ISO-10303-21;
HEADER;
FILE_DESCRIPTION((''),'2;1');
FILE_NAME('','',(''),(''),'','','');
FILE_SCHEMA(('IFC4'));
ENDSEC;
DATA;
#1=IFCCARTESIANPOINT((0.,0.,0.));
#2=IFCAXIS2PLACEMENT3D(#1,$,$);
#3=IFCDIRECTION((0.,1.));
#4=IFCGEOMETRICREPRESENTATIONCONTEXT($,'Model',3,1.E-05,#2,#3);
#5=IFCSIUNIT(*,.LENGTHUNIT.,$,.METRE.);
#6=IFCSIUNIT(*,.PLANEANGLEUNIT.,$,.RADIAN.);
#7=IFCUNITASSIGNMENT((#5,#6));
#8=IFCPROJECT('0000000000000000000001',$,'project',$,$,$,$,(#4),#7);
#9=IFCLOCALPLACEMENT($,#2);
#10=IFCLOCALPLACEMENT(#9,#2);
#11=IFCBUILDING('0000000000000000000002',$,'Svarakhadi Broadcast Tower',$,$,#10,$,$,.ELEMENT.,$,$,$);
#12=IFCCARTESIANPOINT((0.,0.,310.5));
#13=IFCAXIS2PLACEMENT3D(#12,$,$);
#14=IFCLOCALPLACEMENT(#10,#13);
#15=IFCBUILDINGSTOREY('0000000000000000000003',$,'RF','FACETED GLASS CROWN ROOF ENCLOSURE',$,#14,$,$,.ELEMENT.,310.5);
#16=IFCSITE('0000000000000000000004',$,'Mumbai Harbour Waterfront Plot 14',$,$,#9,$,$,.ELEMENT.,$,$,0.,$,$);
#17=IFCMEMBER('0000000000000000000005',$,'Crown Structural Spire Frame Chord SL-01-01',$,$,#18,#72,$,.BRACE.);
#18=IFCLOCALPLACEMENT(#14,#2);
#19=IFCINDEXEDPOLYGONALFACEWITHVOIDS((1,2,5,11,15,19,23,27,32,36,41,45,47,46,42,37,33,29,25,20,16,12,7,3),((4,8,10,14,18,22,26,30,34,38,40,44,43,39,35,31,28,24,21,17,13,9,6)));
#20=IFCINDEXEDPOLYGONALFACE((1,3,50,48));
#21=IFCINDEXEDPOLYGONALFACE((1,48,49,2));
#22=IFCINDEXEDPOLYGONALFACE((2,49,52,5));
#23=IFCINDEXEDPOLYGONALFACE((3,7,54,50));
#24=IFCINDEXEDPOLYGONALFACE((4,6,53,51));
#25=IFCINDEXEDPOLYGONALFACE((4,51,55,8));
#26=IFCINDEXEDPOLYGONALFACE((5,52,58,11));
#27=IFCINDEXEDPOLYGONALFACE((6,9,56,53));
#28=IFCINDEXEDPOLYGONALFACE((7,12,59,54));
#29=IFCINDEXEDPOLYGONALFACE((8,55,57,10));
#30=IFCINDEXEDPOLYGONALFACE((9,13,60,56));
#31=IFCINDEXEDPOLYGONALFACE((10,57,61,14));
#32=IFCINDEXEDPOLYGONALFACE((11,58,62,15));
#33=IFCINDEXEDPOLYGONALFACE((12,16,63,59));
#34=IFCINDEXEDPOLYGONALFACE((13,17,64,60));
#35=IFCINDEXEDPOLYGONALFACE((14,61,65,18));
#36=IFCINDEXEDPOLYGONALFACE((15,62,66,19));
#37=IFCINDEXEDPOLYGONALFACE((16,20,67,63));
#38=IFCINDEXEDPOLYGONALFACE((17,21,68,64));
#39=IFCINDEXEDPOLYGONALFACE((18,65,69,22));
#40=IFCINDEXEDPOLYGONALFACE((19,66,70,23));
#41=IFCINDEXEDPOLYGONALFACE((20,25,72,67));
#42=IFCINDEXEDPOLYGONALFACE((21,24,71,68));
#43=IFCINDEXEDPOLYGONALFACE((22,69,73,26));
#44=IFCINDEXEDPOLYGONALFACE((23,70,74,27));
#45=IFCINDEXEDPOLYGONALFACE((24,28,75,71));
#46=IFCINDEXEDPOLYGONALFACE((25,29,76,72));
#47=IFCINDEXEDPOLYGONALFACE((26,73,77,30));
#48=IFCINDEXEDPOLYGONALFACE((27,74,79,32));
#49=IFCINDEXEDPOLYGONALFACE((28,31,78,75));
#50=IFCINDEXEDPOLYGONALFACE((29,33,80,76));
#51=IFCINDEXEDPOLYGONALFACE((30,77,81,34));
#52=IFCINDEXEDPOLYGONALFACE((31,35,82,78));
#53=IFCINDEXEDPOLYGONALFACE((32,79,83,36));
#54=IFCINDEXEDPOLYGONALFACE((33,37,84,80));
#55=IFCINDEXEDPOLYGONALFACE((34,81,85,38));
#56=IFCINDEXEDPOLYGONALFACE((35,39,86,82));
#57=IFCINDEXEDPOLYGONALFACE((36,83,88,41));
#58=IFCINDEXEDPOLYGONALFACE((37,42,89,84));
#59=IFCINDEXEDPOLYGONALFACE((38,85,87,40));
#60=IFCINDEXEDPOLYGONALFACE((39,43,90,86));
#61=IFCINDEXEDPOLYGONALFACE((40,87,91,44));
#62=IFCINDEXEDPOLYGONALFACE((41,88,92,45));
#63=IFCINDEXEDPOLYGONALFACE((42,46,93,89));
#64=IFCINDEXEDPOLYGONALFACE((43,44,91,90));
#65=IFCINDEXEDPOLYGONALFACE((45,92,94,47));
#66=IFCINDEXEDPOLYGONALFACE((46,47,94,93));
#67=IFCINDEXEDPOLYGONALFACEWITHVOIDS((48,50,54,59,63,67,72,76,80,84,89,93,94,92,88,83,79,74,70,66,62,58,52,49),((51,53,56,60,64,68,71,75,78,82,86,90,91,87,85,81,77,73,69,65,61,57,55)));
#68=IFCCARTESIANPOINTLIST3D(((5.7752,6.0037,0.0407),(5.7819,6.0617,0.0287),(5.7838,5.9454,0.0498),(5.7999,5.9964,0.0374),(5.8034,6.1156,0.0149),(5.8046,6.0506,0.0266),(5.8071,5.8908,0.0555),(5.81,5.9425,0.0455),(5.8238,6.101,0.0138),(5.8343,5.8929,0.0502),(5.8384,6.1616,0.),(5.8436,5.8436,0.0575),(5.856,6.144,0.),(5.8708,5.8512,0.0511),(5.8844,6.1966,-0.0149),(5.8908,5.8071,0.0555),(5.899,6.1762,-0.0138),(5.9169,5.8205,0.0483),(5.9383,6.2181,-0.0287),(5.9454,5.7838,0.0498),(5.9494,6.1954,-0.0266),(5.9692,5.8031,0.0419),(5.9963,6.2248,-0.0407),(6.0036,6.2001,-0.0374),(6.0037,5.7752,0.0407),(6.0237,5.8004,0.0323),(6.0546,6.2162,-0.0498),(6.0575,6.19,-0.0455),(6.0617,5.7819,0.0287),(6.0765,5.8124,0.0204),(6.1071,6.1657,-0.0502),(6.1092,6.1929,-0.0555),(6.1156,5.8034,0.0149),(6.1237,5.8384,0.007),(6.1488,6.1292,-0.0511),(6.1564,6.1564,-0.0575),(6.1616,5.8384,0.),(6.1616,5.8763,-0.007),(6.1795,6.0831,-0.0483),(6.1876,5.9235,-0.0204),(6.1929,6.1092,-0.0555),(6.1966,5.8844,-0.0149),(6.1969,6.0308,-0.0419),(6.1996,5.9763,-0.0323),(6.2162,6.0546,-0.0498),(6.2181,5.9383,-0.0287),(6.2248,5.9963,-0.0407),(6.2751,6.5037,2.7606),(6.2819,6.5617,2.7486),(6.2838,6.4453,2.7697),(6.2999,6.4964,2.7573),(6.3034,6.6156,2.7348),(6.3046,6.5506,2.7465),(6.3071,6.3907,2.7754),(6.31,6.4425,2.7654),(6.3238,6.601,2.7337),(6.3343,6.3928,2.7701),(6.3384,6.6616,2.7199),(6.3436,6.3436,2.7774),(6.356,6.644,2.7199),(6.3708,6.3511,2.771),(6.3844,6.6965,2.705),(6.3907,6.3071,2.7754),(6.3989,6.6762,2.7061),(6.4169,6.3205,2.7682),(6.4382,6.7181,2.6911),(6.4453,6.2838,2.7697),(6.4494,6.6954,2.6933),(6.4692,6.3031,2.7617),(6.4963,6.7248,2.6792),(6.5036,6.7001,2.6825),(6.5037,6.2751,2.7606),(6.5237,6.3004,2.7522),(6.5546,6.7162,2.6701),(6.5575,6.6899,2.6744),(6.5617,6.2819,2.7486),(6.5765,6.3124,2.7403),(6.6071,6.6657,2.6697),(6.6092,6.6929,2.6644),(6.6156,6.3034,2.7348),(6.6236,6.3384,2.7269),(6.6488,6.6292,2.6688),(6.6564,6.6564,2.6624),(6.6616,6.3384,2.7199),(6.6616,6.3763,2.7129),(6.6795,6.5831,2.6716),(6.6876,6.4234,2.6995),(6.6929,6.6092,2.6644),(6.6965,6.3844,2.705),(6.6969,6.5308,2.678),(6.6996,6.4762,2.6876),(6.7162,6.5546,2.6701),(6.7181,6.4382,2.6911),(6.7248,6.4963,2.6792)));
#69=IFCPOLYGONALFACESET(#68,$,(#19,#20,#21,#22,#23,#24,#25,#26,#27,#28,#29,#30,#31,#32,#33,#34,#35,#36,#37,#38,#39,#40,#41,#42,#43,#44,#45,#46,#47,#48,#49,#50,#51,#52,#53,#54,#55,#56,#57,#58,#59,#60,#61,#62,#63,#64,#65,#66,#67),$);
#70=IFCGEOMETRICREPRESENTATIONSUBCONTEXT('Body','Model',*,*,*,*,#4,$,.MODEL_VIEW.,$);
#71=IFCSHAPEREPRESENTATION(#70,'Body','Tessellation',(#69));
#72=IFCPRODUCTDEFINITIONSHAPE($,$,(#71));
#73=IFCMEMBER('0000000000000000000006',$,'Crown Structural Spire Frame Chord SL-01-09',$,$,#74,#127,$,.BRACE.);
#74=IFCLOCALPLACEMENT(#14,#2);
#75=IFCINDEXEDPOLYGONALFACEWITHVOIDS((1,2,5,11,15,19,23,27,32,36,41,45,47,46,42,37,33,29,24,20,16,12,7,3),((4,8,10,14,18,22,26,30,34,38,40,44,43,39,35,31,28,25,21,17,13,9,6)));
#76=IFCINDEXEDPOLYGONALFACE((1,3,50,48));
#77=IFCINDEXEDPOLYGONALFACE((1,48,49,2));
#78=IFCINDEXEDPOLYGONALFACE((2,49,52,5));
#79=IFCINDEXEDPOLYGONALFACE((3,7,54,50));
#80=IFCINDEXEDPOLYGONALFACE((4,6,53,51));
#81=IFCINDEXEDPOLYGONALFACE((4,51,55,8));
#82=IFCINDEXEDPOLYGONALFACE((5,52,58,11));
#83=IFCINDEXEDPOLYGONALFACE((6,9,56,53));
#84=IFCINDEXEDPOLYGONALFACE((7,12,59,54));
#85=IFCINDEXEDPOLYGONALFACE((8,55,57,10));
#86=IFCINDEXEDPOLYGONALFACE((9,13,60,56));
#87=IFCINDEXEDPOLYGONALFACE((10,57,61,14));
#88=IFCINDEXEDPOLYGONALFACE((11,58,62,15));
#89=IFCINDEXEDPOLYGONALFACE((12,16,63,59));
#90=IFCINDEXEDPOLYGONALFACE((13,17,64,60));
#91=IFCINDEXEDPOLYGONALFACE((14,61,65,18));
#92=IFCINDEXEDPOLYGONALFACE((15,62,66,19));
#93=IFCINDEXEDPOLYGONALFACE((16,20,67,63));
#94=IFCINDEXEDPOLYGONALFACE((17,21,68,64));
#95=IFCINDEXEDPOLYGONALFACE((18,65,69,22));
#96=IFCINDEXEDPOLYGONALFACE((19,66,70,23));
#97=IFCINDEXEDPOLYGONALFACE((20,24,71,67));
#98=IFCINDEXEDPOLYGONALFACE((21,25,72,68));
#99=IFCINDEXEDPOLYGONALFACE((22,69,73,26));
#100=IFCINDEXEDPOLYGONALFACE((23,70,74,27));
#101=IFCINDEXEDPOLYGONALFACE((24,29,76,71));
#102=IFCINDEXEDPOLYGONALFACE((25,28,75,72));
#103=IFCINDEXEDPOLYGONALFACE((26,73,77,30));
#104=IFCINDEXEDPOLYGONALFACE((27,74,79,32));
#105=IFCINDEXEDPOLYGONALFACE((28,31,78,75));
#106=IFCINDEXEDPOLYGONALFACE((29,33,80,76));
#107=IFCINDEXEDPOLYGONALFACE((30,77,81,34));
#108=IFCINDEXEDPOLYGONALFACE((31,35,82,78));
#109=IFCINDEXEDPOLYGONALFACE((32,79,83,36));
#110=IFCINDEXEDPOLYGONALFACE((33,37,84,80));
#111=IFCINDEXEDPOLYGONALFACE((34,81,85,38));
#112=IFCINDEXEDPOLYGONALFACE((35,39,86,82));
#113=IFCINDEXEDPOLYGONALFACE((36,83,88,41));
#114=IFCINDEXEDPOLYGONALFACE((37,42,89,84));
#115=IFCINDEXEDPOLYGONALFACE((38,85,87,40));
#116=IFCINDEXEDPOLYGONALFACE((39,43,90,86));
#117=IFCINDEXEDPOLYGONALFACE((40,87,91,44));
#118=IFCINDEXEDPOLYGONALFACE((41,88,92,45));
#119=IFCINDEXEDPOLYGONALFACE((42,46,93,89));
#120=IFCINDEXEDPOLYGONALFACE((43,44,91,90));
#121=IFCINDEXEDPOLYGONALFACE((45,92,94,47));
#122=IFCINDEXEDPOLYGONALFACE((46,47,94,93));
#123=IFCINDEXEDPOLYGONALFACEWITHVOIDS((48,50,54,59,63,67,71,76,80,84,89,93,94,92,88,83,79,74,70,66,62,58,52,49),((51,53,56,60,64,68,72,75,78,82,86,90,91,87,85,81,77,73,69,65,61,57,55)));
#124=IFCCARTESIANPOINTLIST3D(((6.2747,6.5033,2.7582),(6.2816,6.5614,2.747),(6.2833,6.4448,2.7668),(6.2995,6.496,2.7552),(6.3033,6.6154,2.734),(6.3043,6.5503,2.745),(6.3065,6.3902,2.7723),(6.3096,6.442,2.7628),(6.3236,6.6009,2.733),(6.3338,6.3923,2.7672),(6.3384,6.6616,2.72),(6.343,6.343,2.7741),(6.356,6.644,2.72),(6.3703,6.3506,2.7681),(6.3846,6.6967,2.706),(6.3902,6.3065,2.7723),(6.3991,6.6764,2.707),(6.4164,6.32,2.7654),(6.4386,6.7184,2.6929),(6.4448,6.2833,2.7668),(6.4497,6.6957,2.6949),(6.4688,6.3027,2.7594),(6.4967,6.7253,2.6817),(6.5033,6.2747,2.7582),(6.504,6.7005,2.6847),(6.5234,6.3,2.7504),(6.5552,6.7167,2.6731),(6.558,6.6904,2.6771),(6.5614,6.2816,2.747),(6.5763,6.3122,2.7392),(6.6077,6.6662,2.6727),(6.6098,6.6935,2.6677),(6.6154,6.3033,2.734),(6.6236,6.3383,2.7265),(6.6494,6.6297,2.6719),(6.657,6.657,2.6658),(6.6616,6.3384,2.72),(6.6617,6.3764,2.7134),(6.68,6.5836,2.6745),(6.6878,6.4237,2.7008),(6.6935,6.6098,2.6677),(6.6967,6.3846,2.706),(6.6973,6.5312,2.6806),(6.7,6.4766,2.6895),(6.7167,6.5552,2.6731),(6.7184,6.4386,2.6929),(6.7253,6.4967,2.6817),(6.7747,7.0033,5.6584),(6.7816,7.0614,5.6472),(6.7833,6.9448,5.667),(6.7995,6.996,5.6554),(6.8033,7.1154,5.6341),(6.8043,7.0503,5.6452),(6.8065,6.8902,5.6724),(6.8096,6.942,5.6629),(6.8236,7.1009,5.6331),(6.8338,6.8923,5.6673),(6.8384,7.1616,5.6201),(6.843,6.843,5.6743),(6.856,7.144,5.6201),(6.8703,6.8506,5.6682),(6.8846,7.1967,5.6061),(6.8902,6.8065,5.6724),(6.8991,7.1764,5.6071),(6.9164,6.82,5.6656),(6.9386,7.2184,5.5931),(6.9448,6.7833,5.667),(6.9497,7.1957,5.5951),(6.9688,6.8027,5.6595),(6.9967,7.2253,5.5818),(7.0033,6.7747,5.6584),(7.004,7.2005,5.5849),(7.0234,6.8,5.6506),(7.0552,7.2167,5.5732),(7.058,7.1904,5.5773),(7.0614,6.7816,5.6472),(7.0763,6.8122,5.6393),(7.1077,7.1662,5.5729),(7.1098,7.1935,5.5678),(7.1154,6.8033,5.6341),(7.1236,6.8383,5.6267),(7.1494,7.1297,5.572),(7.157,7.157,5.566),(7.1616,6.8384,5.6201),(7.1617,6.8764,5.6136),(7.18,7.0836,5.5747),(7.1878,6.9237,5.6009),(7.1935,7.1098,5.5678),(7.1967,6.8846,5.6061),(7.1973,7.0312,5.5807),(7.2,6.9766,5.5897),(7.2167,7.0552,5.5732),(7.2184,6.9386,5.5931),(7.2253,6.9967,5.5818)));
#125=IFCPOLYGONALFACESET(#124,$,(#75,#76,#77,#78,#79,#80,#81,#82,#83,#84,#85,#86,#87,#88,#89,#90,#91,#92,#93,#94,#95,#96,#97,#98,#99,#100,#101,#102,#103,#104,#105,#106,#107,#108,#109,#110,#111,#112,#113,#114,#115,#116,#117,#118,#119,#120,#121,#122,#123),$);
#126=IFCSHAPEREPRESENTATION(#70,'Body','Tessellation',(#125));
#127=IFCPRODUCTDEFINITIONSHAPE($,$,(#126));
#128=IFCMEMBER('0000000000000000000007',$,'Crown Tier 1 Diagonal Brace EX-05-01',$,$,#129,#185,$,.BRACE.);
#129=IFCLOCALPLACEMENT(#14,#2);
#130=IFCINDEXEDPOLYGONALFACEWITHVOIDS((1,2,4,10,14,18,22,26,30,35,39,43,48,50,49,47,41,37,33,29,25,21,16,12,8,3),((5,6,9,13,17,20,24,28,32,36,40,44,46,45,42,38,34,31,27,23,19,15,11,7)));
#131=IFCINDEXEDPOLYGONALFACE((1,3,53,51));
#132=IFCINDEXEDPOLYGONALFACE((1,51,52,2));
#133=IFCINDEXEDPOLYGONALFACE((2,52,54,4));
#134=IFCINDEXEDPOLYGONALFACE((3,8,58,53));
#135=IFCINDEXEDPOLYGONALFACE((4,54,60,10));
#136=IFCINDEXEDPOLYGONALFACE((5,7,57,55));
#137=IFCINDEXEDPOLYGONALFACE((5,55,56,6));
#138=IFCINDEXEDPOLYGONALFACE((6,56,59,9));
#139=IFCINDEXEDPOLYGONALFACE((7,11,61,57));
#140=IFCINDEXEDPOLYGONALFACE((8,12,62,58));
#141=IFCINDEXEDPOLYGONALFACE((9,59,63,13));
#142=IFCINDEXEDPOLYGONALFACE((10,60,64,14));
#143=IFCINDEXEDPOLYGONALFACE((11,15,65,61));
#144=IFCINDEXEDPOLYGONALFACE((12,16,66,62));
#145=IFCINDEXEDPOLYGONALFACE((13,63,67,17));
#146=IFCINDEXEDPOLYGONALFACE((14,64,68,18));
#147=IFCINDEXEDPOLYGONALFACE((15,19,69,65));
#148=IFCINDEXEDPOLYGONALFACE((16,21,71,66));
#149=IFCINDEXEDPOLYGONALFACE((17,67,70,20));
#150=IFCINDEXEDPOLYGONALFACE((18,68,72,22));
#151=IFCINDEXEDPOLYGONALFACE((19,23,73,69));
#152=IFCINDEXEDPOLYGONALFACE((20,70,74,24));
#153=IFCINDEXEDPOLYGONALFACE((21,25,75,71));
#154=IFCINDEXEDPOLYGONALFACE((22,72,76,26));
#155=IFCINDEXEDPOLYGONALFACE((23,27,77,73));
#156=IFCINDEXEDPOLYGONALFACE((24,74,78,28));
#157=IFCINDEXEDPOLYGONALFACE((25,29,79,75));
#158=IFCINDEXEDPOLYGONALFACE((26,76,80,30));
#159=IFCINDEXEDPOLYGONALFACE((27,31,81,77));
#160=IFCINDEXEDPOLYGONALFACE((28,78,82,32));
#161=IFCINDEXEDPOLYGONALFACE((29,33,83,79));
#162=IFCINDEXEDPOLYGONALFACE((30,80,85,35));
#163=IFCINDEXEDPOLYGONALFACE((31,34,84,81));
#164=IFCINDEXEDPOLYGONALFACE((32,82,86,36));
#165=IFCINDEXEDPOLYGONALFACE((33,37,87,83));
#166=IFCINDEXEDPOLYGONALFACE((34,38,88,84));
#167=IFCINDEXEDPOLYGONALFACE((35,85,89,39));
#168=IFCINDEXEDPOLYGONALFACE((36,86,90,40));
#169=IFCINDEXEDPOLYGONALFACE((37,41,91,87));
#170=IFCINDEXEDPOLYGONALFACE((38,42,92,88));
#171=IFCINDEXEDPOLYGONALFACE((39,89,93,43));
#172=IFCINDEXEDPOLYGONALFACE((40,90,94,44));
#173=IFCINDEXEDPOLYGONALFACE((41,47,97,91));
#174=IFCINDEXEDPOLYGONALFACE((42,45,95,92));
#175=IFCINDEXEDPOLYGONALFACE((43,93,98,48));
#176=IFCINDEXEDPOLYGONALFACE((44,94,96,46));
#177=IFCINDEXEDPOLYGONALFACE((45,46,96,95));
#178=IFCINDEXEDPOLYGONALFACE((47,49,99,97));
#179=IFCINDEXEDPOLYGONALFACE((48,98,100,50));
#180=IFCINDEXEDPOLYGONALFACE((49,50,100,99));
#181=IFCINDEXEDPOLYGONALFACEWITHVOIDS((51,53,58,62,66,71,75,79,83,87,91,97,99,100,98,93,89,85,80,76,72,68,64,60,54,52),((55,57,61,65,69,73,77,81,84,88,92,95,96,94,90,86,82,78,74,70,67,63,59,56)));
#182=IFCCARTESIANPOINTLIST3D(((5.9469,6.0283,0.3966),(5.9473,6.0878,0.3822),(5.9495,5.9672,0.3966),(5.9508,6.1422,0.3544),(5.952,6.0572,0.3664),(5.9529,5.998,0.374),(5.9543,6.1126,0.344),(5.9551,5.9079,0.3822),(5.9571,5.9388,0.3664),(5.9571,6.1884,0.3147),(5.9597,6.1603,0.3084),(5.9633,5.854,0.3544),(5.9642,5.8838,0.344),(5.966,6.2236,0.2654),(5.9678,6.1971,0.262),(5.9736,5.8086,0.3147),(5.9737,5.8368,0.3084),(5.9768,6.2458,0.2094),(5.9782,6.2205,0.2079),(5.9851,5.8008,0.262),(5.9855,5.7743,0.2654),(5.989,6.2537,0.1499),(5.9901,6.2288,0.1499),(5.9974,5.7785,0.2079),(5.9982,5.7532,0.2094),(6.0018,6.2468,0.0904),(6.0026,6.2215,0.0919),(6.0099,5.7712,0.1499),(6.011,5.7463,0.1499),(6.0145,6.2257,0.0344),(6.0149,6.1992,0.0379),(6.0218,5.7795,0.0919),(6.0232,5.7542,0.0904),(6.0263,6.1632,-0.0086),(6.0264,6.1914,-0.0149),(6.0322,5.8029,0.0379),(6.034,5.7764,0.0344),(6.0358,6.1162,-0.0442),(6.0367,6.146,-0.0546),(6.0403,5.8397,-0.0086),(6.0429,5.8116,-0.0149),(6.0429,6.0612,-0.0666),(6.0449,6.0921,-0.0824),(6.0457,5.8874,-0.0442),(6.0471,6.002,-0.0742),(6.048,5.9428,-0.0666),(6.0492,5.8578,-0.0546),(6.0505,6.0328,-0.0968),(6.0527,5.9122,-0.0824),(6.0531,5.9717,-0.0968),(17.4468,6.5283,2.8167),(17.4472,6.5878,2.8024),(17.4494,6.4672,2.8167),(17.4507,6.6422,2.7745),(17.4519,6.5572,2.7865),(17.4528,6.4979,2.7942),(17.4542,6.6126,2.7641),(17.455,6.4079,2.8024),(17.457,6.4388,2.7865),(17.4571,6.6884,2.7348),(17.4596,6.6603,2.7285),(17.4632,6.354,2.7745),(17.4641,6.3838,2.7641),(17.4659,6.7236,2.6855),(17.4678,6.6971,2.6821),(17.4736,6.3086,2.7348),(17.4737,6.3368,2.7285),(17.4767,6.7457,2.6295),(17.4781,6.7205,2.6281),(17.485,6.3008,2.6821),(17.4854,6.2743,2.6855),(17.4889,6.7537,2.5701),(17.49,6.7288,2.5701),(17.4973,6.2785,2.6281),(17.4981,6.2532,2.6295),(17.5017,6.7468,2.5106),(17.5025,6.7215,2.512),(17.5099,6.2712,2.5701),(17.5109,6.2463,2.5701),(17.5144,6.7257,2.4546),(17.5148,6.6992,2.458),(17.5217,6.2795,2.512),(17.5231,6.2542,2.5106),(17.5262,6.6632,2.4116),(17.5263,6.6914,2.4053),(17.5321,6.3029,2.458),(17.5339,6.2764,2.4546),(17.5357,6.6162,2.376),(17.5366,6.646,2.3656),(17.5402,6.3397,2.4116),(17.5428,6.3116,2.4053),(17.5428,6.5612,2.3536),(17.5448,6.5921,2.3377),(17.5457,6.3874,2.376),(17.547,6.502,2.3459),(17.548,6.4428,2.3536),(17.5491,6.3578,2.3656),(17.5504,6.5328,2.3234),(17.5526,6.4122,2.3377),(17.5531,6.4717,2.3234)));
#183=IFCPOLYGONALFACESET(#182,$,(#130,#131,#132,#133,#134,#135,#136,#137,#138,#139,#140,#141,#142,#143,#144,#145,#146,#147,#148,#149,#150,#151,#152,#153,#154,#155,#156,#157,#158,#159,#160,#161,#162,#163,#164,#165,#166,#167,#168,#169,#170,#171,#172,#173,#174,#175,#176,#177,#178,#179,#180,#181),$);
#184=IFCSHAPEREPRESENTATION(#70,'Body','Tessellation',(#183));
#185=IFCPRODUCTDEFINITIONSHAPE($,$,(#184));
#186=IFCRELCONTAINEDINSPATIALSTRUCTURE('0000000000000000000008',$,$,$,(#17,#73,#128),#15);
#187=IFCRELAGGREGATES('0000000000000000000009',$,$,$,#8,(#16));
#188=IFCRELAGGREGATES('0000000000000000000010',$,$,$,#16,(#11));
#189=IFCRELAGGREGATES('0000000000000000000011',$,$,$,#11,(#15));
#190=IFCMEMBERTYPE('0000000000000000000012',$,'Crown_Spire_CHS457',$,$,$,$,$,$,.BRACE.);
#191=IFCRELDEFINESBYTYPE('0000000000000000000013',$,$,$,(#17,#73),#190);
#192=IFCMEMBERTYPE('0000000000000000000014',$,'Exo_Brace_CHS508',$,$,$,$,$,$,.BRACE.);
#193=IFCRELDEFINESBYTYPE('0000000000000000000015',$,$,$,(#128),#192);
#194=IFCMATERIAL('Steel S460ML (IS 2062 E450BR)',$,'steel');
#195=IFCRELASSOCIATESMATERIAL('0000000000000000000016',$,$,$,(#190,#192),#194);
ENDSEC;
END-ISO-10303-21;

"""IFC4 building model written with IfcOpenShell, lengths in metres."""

from ifc_helpers import new_model, si_unit, direction, frame, origin, origin_2d, place, context, subcontext, project, spatial, hollow_circle, extrude, material, material_profile, profile_set, type_object, element, save


model = new_model("IFC4")

# Units and contexts
model_context = context("Model", 3, precision=1e-05, world=origin(), true_north=direction((0.0, 1.0)))
body_context = subcontext(model_context, "Body", "Model", "MODEL_VIEW")
ifc_project = project(units=[si_unit("LENGTHUNIT", "METRE"), si_unit("PLANEANGLEUNIT", "RADIAN")], contexts=[model_context])

# Site, building, storey
site_placement = place(None, origin())
site = spatial("IfcSite", under=ifc_project, at=site_placement, Name="Mumbai Harbour Waterfront Plot 14", CompositionType="ELEMENT", RefElevation=0.0)
building_placement = place(site_placement, origin())
building = spatial("IfcBuilding", under=site, at=building_placement, Name="Svarakhadi Broadcast Tower", CompositionType="ELEMENT")
storey_placement = place(building_placement, frame((0.0, 0.0, 310.5)))
storey = spatial("IfcBuildingStorey", under=building, at=storey_placement, Name="RF", Description="FACETED GLASS CROWN ROOF ENCLOSURE", CompositionType="ELEMENT", Elevation=310.5)

# Shared definitions
ifc_material_1 = material(Name="Steel S460ML (IS 2062 E450BR)", Category="steel")

# Members
ifc_material_profile_1 = material_profile(ifc_material_1, hollow_circle(Radius=0.2285, WallThickness=0.0249, at=origin_2d()), Name="CHS 457x25")
ifc_profile_set_1 = profile_set([ifc_material_profile_1], Name="Steel S460ML (IS 2062 E450BR)")
member_type_1 = type_object("IfcMemberType", Name="Crown_Spire_CHS457", PredefinedType="BRACE", material=ifc_profile_set_1)
member_1_placement = place(storey_placement, frame((6.0, 6.0, 0.0), z_axis=(0.177912, 0.177912, 0.96783), x_axis=(-0.707107, 0.707107, 0.0)))
element("IfcMember", 1, at=member_1_placement, inside=storey, type_object=member_type_1, Name="Crown Structural Spire Frame Chord SL-01-01", PredefinedType="BRACE", context=body_context, shape_type="SweptSolid", body=[
    extrude(hollow_circle(Radius=0.2285, WallThickness=0.0249, at=origin_2d()), origin(), (0.0, 0.0, 1.0), 2.8103),
])
member_2_placement = place(storey_placement, frame((6.5, 6.5, 2.72), z_axis=(0.167498, 0.167498, 0.971539), x_axis=(-0.707107, 0.707107, 0.0)))
element("IfcMember", 2, at=member_2_placement, inside=storey, type_object=member_type_1, Name="Crown Structural Spire Frame Chord SL-01-09", PredefinedType="BRACE", context=body_context, shape_type="SweptSolid", body=[
    extrude(hollow_circle(Radius=0.2285, WallThickness=0.0249, at=origin_2d()), origin(), (0.0, 0.0, 1.0), 2.9851),
])
ifc_material_profile_2 = material_profile(ifc_material_1, hollow_circle(Radius=0.2539, WallThickness=0.0249, at=origin_2d()), Name="CHS 508x25")
ifc_profile_set_2 = profile_set([ifc_material_profile_2], Name="Steel S460ML (IS 2062 E450BR)")
member_type_2 = type_object("IfcMemberType", Name="Exo_Brace_CHS508", PredefinedType="BRACE", material=ifc_profile_set_2)
member_3_placement = place(storey_placement, frame((6.0, 6.0, 0.1499), z_axis=(0.97768, 0.042508, 0.205752), x_axis=(-0.043437, 0.999056, 0.0)))
element("IfcMember", 3, at=member_3_placement, inside=storey, type_object=member_type_2, Name="Crown Tier 1 Diagonal Brace EX-05-01", PredefinedType="BRACE", context=body_context, shape_type="SweptSolid", body=[
    extrude(hollow_circle(Radius=0.2539, WallThickness=0.0249, at=origin_2d()), origin(), (0.0, 0.0, 1.0), 11.7625),
])

save(model, "model.ifc")
